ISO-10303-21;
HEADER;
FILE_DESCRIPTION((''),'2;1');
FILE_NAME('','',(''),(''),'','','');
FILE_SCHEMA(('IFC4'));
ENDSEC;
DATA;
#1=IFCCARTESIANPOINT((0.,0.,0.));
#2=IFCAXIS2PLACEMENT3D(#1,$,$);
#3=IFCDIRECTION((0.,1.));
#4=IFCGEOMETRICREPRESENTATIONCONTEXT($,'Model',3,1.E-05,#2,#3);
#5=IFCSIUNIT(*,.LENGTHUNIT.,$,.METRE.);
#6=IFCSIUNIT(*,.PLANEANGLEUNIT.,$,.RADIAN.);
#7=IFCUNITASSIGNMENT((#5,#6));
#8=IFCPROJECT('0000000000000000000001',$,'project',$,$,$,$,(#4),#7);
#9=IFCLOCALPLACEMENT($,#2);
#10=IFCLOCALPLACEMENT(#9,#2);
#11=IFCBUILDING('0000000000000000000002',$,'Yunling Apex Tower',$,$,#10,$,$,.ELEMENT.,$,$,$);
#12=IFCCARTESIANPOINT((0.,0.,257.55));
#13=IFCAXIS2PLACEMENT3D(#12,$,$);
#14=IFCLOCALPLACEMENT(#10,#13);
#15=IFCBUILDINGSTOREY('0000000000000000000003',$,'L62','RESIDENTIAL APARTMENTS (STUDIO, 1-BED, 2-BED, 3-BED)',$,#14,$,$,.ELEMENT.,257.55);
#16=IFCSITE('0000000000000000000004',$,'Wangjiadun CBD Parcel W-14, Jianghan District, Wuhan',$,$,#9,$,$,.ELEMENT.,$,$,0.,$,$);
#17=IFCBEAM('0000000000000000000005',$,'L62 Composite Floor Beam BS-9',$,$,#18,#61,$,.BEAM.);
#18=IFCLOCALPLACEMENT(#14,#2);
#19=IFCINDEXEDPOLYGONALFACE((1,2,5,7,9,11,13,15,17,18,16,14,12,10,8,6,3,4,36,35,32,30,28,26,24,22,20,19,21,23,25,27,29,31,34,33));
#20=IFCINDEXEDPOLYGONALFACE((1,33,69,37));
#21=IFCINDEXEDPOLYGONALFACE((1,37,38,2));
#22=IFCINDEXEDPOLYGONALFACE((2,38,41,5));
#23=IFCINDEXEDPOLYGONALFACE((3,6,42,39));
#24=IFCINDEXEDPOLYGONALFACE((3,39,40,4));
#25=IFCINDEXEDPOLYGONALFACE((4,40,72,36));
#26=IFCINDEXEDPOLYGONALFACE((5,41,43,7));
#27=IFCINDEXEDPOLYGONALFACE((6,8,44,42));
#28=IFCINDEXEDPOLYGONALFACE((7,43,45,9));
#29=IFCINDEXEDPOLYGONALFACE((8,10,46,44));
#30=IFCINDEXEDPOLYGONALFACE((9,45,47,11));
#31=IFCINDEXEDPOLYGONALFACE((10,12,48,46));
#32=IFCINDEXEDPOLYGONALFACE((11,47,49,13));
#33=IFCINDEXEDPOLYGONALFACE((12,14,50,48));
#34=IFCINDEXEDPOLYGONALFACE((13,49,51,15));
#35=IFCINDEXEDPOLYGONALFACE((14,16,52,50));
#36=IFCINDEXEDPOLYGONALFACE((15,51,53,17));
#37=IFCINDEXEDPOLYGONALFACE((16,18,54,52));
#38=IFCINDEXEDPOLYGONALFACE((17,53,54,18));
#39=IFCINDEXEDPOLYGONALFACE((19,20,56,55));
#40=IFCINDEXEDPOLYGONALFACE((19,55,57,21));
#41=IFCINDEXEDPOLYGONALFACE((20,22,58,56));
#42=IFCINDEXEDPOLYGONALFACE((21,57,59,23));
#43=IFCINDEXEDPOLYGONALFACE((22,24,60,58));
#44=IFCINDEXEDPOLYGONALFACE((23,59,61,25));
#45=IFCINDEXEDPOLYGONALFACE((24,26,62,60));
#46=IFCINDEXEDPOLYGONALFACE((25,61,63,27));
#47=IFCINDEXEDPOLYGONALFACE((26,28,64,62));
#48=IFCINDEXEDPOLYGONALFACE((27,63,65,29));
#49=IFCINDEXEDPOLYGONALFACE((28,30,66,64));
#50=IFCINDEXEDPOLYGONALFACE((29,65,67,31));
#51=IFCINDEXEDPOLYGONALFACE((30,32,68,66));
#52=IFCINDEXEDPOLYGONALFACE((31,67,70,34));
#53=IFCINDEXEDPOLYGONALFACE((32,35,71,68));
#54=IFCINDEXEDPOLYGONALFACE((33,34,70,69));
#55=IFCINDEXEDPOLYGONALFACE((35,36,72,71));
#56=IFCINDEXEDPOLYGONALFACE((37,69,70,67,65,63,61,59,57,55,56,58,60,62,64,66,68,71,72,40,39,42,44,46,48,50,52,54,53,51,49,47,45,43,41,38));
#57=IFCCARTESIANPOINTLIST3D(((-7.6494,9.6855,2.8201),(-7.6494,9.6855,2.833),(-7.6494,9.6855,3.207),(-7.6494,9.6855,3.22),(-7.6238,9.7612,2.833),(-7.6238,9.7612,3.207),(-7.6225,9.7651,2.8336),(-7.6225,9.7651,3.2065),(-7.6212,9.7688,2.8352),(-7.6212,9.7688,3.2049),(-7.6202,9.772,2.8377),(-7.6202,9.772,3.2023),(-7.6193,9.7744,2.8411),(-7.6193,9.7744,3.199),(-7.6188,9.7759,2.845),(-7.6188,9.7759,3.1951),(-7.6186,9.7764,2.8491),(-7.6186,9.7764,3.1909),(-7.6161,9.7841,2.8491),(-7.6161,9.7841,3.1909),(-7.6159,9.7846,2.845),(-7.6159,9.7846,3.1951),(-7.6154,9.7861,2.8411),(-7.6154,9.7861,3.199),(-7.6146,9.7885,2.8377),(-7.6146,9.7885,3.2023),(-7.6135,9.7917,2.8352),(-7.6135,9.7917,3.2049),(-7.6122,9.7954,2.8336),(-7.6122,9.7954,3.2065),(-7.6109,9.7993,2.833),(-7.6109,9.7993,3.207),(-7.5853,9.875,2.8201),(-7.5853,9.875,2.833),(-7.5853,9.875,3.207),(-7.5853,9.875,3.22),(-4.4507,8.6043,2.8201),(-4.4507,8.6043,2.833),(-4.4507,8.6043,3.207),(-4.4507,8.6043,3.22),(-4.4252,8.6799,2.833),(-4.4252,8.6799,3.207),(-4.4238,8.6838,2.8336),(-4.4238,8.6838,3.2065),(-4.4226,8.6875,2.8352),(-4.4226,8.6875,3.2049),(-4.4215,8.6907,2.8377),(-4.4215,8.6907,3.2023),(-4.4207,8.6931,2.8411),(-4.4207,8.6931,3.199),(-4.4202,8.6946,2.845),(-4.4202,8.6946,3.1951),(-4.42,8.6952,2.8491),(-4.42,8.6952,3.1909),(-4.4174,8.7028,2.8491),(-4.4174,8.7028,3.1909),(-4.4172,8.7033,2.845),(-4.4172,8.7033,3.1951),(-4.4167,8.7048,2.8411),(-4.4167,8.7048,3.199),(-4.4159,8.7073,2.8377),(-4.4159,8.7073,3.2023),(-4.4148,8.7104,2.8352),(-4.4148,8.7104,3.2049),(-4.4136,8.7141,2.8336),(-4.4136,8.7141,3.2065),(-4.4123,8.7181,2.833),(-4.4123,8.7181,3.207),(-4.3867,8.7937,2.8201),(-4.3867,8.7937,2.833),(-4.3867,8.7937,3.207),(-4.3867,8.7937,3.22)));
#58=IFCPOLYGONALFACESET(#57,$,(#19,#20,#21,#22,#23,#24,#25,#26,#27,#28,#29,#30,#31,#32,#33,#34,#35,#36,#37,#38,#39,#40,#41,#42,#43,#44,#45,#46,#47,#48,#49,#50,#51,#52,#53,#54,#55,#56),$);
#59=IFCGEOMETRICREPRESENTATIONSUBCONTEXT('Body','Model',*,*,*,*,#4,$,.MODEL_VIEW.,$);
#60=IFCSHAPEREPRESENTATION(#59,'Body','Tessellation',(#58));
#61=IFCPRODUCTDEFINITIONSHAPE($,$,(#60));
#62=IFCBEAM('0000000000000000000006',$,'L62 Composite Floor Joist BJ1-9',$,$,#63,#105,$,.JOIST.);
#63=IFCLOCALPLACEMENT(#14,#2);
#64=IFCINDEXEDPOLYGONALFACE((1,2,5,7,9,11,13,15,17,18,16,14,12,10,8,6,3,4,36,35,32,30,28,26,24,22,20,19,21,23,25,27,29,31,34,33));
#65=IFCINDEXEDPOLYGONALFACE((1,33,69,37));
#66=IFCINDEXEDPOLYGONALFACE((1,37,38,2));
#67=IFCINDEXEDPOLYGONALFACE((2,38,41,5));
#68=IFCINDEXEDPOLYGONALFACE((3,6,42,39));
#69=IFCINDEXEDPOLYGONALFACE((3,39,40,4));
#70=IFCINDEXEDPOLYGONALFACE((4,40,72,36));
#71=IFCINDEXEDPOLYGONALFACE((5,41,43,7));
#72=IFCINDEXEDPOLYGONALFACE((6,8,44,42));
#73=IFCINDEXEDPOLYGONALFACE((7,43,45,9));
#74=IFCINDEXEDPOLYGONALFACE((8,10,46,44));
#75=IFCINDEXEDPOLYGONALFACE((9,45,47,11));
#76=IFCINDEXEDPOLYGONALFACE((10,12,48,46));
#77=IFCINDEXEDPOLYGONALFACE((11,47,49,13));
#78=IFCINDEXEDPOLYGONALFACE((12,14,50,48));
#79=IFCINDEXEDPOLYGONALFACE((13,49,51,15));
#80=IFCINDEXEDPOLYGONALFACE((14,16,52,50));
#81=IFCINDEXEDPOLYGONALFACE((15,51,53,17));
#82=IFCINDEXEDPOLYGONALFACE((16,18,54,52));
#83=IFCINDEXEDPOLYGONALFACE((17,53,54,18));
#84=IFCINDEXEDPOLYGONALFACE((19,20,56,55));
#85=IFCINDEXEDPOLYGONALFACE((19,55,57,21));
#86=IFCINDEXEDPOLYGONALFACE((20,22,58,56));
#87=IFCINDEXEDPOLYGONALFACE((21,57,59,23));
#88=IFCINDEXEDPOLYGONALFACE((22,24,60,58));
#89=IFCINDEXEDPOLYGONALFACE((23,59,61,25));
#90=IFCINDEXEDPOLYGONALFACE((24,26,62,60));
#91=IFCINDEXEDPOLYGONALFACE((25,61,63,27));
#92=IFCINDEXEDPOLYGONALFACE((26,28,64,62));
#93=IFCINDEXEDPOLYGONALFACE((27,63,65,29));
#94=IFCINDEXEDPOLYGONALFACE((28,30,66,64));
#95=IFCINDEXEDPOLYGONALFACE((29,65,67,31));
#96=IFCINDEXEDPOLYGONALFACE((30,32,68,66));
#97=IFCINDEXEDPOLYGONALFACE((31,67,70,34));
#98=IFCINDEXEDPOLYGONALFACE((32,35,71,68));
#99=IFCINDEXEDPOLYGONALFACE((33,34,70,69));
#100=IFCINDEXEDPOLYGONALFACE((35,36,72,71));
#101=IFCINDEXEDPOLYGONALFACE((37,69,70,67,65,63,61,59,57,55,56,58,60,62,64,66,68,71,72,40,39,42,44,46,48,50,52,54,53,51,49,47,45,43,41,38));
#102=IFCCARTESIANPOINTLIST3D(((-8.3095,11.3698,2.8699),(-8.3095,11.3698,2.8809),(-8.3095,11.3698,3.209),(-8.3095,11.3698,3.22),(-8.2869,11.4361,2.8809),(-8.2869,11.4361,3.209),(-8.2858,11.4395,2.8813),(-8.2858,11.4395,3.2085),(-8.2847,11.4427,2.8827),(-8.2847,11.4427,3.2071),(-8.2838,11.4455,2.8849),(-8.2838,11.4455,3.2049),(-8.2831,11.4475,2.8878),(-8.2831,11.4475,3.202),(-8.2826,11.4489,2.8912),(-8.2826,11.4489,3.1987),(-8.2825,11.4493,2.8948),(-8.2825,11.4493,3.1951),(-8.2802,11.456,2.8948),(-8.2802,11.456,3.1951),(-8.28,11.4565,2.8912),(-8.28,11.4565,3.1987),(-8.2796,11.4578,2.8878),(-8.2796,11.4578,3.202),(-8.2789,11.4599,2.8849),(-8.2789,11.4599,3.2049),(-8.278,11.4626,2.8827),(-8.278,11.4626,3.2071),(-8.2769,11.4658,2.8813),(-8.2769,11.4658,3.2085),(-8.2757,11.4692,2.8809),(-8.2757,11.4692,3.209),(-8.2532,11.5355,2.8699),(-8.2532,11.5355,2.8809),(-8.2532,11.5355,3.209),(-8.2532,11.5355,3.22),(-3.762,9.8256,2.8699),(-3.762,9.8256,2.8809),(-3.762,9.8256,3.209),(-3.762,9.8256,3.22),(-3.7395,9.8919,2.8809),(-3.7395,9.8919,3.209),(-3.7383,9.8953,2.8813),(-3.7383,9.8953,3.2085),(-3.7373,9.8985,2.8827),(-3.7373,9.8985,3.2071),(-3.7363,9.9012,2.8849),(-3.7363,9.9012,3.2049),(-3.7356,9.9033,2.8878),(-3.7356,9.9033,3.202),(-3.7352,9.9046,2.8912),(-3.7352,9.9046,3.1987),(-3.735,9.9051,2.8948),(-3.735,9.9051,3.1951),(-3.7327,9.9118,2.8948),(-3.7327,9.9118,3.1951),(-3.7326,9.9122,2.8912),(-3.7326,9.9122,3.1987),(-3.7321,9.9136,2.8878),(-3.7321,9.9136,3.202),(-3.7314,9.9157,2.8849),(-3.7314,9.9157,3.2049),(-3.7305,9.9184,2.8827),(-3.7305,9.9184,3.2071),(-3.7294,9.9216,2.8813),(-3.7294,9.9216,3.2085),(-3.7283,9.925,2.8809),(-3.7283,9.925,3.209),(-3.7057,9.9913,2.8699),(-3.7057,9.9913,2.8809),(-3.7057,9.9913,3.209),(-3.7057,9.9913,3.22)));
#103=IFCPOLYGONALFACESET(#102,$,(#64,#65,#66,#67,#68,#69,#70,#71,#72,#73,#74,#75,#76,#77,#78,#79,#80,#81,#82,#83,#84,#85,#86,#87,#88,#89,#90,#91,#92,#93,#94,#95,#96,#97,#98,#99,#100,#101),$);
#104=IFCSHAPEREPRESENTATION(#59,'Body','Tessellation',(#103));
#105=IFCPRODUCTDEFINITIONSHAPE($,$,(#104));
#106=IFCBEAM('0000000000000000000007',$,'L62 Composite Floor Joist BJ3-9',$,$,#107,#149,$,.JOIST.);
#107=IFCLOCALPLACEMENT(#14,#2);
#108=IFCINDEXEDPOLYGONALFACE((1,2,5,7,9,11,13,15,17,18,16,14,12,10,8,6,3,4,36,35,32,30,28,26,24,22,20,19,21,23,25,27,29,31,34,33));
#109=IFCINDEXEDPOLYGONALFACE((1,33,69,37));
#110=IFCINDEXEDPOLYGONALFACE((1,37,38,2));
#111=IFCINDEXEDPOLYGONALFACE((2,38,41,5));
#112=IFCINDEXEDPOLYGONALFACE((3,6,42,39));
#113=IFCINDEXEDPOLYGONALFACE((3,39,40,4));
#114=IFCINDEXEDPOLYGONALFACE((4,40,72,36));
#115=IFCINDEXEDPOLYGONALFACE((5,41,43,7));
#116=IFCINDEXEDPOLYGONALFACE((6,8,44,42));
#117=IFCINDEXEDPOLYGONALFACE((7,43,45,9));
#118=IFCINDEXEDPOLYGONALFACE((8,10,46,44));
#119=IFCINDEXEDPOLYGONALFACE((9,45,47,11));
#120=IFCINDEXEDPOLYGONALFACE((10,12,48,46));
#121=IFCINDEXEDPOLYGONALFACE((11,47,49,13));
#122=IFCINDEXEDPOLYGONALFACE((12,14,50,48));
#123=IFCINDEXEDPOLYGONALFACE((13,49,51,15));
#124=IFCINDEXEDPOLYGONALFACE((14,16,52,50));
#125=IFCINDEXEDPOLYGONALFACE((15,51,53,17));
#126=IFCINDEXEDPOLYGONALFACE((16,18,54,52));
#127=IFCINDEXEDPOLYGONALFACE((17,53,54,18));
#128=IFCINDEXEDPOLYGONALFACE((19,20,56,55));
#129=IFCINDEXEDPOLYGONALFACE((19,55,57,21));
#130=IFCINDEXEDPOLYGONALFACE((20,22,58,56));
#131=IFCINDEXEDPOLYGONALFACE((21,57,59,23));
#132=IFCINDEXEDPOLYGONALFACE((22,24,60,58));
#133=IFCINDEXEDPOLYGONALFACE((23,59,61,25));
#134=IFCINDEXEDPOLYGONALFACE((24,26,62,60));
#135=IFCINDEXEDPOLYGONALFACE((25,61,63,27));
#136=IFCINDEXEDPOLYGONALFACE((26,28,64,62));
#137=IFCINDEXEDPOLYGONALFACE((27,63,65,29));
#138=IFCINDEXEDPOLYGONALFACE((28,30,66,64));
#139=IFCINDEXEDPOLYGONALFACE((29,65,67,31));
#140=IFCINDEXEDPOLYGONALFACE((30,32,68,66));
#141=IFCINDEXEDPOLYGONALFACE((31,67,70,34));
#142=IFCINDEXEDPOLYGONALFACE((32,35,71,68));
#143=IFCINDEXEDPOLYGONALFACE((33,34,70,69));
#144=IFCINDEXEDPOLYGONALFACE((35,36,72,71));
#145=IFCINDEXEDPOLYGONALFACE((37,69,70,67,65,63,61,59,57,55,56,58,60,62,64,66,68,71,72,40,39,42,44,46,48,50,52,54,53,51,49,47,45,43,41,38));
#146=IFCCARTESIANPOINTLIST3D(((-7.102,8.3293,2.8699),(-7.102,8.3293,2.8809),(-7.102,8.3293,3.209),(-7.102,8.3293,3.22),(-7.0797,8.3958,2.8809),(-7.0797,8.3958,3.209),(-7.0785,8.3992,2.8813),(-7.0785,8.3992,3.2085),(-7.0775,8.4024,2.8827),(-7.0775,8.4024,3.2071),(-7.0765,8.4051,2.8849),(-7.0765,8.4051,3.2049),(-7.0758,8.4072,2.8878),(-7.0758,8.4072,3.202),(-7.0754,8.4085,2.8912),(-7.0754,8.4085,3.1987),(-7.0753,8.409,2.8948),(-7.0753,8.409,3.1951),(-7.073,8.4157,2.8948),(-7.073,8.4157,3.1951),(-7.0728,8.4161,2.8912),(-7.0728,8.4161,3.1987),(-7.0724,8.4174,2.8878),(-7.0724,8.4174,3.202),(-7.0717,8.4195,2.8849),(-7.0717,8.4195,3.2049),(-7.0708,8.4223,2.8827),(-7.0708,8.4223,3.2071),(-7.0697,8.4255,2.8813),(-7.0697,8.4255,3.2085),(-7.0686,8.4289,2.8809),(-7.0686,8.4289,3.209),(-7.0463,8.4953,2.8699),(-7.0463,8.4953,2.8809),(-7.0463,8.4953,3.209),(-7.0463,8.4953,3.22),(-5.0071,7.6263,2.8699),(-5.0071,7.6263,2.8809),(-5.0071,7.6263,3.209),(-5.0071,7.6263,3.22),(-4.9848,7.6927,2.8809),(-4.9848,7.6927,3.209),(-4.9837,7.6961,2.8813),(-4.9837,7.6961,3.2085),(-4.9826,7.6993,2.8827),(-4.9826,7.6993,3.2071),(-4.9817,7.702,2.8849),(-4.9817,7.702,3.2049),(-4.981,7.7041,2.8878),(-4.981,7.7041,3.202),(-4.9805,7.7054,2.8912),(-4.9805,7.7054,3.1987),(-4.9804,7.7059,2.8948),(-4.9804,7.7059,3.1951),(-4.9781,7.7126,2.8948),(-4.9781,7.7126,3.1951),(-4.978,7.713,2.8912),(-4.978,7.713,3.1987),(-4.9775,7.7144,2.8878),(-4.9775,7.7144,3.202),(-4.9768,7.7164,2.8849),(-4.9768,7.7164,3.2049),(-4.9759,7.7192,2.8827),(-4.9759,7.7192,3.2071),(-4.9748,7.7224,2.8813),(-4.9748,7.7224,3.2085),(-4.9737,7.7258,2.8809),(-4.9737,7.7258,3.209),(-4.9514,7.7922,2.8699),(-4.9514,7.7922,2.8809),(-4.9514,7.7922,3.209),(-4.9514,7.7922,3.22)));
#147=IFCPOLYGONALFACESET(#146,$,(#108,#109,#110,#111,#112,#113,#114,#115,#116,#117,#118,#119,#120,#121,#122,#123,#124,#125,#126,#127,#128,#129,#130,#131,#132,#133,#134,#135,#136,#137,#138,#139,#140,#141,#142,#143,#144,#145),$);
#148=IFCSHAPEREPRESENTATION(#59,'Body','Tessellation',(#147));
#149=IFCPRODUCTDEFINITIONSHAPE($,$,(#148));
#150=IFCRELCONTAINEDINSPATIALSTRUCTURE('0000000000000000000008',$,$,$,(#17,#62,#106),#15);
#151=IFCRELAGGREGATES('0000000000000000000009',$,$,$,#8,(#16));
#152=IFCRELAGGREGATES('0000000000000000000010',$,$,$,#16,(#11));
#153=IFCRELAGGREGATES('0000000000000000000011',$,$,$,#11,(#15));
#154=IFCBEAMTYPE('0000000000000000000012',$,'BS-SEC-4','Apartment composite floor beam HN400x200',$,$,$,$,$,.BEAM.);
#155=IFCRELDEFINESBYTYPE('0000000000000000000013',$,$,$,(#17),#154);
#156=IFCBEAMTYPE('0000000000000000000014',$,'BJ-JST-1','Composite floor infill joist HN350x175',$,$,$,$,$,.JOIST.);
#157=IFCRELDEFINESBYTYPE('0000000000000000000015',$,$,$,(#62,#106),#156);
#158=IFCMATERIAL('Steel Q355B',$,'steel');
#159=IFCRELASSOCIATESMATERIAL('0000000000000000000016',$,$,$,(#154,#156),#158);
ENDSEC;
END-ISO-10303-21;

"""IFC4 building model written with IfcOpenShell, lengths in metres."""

from ifc_helpers import new_model, si_unit, direction, frame, origin, origin_2d, place, context, subcontext, project, spatial, i_section, extrude, source, transform, mapped, material, material_profile, profile_set, type_object, element, save


model = new_model("IFC4")

# Units and contexts
model_context = context("Model", 3, precision=1e-05, world=origin(), true_north=direction((0.0, 1.0)))
body_context = subcontext(model_context, "Body", "Model", "MODEL_VIEW")
ifc_project = project(units=[si_unit("LENGTHUNIT", "METRE"), si_unit("PLANEANGLEUNIT", "RADIAN")], contexts=[model_context])

# Site, building, storey
site_placement = place(None, origin())
site = spatial("IfcSite", under=ifc_project, at=site_placement, Name="Wangjiadun CBD Parcel W-14, Jianghan District, Wuhan", CompositionType="ELEMENT", RefElevation=0.0)
building_placement = place(site_placement, origin())
building = spatial("IfcBuilding", under=site, at=building_placement, Name="Yunling Apex Tower", CompositionType="ELEMENT")
storey_placement = place(building_placement, frame((0.0, 0.0, 257.55)))
storey = spatial("IfcBuildingStorey", under=building, at=storey_placement, Name="L62", Description="RESIDENTIAL APARTMENTS (STUDIO, 1-BED, 2-BED, 3-BED)", CompositionType="ELEMENT", Elevation=257.55)

# Beams
ifc_material_1 = material(Name="Steel Q355B", Category="steel")
ifc_material_profile_1 = material_profile(ifc_material_1, i_section(OverallWidth=0.2, OverallDepth=0.3999, WebThickness=0.0081, FlangeThickness=0.0129, FilletRadius=0.0161, at=origin_2d()))
ifc_profile_set_1 = profile_set([ifc_material_profile_1], Name="Steel Q355B")
beam_type_1 = type_object("IfcBeamType", Name="BS-SEC-4", Description="Apartment composite floor beam HN400x200", PredefinedType="BEAM", material=ifc_profile_set_1)
shared_shape_1 = source(origin(), body_context, "Body", "SweptSolid", [
    extrude(i_section(OverallWidth=0.2, OverallDepth=0.3999, WebThickness=0.0081, FlangeThickness=0.0129, FilletRadius=0.0161, at=origin_2d()), origin(), (0.0, 0.0, 1.0), 3.3765),
])
beam_1_placement = place(storey_placement, frame((-4.4187, 8.699, 3.02), z_axis=(-0.947337, 0.320238, 0.0), x_axis=(-0.320238, -0.947337, 0.0)))
element("IfcBeam", 1, at=beam_1_placement, inside=storey, type_object=beam_type_1, Name="L62 Composite Floor Beam BS-9", PredefinedType="BEAM", context=body_context, shape_type="MappedRepresentation", body=[
    mapped(shared_shape_1, transform((0.0, 0.0, 0.0), scale=1.0)),
])
ifc_material_profile_2 = material_profile(ifc_material_1, i_section(OverallWidth=0.175, OverallDepth=0.3501, WebThickness=0.0071, FlangeThickness=0.011, FilletRadius=0.0139, at=origin_2d()))
ifc_profile_set_2 = profile_set([ifc_material_profile_2], Name="Steel Q355B")
beam_type_2 = type_object("IfcBeamType", Name="BJ-JST-1", Description="Composite floor infill joist HN350x175", PredefinedType="JOIST", material=ifc_profile_set_2)
shared_shape_2 = source(origin(), body_context, "Body", "SweptSolid", [
    extrude(i_section(OverallWidth=0.175, OverallDepth=0.3501, WebThickness=0.0071, FlangeThickness=0.011, FilletRadius=0.0139, at=origin_2d()), origin(), (0.0, 0.0, 1.0), 4.8025),
])
beam_2_placement = place(storey_placement, frame((-3.7339, 9.9084, 3.0449), z_axis=(-0.946894, 0.321545, 0.0), x_axis=(-0.321545, -0.946894, 0.0)))
element("IfcBeam", 2, at=beam_2_placement, inside=storey, type_object=beam_type_2, Name="L62 Composite Floor Joist BJ1-9", PredefinedType="JOIST", context=body_context, shape_type="MappedRepresentation", body=[
    mapped(shared_shape_2, transform((0.0, 0.0, 0.0), scale=1.0)),
])
shared_shape_3 = source(origin(), body_context, "Body", "SweptSolid", [
    extrude(i_section(OverallWidth=0.175, OverallDepth=0.3501, WebThickness=0.0071, FlangeThickness=0.011, FilletRadius=0.0139, at=origin_2d()), origin(), (0.0, 0.0, 1.0), 2.2097),
])
beam_3_placement = place(storey_placement, frame((-4.9792, 7.7092, 3.0449), z_axis=(-0.948029, 0.318183, 0.0), x_axis=(-0.318183, -0.948029, 0.0)))
element("IfcBeam", 3, at=beam_3_placement, inside=storey, type_object=beam_type_2, Name="L62 Composite Floor Joist BJ3-9", PredefinedType="JOIST", context=body_context, shape_type="MappedRepresentation", body=[
    mapped(shared_shape_3, transform((0.0, 0.0, 0.0), scale=1.0)),
])

save(model, "model.ifc")
